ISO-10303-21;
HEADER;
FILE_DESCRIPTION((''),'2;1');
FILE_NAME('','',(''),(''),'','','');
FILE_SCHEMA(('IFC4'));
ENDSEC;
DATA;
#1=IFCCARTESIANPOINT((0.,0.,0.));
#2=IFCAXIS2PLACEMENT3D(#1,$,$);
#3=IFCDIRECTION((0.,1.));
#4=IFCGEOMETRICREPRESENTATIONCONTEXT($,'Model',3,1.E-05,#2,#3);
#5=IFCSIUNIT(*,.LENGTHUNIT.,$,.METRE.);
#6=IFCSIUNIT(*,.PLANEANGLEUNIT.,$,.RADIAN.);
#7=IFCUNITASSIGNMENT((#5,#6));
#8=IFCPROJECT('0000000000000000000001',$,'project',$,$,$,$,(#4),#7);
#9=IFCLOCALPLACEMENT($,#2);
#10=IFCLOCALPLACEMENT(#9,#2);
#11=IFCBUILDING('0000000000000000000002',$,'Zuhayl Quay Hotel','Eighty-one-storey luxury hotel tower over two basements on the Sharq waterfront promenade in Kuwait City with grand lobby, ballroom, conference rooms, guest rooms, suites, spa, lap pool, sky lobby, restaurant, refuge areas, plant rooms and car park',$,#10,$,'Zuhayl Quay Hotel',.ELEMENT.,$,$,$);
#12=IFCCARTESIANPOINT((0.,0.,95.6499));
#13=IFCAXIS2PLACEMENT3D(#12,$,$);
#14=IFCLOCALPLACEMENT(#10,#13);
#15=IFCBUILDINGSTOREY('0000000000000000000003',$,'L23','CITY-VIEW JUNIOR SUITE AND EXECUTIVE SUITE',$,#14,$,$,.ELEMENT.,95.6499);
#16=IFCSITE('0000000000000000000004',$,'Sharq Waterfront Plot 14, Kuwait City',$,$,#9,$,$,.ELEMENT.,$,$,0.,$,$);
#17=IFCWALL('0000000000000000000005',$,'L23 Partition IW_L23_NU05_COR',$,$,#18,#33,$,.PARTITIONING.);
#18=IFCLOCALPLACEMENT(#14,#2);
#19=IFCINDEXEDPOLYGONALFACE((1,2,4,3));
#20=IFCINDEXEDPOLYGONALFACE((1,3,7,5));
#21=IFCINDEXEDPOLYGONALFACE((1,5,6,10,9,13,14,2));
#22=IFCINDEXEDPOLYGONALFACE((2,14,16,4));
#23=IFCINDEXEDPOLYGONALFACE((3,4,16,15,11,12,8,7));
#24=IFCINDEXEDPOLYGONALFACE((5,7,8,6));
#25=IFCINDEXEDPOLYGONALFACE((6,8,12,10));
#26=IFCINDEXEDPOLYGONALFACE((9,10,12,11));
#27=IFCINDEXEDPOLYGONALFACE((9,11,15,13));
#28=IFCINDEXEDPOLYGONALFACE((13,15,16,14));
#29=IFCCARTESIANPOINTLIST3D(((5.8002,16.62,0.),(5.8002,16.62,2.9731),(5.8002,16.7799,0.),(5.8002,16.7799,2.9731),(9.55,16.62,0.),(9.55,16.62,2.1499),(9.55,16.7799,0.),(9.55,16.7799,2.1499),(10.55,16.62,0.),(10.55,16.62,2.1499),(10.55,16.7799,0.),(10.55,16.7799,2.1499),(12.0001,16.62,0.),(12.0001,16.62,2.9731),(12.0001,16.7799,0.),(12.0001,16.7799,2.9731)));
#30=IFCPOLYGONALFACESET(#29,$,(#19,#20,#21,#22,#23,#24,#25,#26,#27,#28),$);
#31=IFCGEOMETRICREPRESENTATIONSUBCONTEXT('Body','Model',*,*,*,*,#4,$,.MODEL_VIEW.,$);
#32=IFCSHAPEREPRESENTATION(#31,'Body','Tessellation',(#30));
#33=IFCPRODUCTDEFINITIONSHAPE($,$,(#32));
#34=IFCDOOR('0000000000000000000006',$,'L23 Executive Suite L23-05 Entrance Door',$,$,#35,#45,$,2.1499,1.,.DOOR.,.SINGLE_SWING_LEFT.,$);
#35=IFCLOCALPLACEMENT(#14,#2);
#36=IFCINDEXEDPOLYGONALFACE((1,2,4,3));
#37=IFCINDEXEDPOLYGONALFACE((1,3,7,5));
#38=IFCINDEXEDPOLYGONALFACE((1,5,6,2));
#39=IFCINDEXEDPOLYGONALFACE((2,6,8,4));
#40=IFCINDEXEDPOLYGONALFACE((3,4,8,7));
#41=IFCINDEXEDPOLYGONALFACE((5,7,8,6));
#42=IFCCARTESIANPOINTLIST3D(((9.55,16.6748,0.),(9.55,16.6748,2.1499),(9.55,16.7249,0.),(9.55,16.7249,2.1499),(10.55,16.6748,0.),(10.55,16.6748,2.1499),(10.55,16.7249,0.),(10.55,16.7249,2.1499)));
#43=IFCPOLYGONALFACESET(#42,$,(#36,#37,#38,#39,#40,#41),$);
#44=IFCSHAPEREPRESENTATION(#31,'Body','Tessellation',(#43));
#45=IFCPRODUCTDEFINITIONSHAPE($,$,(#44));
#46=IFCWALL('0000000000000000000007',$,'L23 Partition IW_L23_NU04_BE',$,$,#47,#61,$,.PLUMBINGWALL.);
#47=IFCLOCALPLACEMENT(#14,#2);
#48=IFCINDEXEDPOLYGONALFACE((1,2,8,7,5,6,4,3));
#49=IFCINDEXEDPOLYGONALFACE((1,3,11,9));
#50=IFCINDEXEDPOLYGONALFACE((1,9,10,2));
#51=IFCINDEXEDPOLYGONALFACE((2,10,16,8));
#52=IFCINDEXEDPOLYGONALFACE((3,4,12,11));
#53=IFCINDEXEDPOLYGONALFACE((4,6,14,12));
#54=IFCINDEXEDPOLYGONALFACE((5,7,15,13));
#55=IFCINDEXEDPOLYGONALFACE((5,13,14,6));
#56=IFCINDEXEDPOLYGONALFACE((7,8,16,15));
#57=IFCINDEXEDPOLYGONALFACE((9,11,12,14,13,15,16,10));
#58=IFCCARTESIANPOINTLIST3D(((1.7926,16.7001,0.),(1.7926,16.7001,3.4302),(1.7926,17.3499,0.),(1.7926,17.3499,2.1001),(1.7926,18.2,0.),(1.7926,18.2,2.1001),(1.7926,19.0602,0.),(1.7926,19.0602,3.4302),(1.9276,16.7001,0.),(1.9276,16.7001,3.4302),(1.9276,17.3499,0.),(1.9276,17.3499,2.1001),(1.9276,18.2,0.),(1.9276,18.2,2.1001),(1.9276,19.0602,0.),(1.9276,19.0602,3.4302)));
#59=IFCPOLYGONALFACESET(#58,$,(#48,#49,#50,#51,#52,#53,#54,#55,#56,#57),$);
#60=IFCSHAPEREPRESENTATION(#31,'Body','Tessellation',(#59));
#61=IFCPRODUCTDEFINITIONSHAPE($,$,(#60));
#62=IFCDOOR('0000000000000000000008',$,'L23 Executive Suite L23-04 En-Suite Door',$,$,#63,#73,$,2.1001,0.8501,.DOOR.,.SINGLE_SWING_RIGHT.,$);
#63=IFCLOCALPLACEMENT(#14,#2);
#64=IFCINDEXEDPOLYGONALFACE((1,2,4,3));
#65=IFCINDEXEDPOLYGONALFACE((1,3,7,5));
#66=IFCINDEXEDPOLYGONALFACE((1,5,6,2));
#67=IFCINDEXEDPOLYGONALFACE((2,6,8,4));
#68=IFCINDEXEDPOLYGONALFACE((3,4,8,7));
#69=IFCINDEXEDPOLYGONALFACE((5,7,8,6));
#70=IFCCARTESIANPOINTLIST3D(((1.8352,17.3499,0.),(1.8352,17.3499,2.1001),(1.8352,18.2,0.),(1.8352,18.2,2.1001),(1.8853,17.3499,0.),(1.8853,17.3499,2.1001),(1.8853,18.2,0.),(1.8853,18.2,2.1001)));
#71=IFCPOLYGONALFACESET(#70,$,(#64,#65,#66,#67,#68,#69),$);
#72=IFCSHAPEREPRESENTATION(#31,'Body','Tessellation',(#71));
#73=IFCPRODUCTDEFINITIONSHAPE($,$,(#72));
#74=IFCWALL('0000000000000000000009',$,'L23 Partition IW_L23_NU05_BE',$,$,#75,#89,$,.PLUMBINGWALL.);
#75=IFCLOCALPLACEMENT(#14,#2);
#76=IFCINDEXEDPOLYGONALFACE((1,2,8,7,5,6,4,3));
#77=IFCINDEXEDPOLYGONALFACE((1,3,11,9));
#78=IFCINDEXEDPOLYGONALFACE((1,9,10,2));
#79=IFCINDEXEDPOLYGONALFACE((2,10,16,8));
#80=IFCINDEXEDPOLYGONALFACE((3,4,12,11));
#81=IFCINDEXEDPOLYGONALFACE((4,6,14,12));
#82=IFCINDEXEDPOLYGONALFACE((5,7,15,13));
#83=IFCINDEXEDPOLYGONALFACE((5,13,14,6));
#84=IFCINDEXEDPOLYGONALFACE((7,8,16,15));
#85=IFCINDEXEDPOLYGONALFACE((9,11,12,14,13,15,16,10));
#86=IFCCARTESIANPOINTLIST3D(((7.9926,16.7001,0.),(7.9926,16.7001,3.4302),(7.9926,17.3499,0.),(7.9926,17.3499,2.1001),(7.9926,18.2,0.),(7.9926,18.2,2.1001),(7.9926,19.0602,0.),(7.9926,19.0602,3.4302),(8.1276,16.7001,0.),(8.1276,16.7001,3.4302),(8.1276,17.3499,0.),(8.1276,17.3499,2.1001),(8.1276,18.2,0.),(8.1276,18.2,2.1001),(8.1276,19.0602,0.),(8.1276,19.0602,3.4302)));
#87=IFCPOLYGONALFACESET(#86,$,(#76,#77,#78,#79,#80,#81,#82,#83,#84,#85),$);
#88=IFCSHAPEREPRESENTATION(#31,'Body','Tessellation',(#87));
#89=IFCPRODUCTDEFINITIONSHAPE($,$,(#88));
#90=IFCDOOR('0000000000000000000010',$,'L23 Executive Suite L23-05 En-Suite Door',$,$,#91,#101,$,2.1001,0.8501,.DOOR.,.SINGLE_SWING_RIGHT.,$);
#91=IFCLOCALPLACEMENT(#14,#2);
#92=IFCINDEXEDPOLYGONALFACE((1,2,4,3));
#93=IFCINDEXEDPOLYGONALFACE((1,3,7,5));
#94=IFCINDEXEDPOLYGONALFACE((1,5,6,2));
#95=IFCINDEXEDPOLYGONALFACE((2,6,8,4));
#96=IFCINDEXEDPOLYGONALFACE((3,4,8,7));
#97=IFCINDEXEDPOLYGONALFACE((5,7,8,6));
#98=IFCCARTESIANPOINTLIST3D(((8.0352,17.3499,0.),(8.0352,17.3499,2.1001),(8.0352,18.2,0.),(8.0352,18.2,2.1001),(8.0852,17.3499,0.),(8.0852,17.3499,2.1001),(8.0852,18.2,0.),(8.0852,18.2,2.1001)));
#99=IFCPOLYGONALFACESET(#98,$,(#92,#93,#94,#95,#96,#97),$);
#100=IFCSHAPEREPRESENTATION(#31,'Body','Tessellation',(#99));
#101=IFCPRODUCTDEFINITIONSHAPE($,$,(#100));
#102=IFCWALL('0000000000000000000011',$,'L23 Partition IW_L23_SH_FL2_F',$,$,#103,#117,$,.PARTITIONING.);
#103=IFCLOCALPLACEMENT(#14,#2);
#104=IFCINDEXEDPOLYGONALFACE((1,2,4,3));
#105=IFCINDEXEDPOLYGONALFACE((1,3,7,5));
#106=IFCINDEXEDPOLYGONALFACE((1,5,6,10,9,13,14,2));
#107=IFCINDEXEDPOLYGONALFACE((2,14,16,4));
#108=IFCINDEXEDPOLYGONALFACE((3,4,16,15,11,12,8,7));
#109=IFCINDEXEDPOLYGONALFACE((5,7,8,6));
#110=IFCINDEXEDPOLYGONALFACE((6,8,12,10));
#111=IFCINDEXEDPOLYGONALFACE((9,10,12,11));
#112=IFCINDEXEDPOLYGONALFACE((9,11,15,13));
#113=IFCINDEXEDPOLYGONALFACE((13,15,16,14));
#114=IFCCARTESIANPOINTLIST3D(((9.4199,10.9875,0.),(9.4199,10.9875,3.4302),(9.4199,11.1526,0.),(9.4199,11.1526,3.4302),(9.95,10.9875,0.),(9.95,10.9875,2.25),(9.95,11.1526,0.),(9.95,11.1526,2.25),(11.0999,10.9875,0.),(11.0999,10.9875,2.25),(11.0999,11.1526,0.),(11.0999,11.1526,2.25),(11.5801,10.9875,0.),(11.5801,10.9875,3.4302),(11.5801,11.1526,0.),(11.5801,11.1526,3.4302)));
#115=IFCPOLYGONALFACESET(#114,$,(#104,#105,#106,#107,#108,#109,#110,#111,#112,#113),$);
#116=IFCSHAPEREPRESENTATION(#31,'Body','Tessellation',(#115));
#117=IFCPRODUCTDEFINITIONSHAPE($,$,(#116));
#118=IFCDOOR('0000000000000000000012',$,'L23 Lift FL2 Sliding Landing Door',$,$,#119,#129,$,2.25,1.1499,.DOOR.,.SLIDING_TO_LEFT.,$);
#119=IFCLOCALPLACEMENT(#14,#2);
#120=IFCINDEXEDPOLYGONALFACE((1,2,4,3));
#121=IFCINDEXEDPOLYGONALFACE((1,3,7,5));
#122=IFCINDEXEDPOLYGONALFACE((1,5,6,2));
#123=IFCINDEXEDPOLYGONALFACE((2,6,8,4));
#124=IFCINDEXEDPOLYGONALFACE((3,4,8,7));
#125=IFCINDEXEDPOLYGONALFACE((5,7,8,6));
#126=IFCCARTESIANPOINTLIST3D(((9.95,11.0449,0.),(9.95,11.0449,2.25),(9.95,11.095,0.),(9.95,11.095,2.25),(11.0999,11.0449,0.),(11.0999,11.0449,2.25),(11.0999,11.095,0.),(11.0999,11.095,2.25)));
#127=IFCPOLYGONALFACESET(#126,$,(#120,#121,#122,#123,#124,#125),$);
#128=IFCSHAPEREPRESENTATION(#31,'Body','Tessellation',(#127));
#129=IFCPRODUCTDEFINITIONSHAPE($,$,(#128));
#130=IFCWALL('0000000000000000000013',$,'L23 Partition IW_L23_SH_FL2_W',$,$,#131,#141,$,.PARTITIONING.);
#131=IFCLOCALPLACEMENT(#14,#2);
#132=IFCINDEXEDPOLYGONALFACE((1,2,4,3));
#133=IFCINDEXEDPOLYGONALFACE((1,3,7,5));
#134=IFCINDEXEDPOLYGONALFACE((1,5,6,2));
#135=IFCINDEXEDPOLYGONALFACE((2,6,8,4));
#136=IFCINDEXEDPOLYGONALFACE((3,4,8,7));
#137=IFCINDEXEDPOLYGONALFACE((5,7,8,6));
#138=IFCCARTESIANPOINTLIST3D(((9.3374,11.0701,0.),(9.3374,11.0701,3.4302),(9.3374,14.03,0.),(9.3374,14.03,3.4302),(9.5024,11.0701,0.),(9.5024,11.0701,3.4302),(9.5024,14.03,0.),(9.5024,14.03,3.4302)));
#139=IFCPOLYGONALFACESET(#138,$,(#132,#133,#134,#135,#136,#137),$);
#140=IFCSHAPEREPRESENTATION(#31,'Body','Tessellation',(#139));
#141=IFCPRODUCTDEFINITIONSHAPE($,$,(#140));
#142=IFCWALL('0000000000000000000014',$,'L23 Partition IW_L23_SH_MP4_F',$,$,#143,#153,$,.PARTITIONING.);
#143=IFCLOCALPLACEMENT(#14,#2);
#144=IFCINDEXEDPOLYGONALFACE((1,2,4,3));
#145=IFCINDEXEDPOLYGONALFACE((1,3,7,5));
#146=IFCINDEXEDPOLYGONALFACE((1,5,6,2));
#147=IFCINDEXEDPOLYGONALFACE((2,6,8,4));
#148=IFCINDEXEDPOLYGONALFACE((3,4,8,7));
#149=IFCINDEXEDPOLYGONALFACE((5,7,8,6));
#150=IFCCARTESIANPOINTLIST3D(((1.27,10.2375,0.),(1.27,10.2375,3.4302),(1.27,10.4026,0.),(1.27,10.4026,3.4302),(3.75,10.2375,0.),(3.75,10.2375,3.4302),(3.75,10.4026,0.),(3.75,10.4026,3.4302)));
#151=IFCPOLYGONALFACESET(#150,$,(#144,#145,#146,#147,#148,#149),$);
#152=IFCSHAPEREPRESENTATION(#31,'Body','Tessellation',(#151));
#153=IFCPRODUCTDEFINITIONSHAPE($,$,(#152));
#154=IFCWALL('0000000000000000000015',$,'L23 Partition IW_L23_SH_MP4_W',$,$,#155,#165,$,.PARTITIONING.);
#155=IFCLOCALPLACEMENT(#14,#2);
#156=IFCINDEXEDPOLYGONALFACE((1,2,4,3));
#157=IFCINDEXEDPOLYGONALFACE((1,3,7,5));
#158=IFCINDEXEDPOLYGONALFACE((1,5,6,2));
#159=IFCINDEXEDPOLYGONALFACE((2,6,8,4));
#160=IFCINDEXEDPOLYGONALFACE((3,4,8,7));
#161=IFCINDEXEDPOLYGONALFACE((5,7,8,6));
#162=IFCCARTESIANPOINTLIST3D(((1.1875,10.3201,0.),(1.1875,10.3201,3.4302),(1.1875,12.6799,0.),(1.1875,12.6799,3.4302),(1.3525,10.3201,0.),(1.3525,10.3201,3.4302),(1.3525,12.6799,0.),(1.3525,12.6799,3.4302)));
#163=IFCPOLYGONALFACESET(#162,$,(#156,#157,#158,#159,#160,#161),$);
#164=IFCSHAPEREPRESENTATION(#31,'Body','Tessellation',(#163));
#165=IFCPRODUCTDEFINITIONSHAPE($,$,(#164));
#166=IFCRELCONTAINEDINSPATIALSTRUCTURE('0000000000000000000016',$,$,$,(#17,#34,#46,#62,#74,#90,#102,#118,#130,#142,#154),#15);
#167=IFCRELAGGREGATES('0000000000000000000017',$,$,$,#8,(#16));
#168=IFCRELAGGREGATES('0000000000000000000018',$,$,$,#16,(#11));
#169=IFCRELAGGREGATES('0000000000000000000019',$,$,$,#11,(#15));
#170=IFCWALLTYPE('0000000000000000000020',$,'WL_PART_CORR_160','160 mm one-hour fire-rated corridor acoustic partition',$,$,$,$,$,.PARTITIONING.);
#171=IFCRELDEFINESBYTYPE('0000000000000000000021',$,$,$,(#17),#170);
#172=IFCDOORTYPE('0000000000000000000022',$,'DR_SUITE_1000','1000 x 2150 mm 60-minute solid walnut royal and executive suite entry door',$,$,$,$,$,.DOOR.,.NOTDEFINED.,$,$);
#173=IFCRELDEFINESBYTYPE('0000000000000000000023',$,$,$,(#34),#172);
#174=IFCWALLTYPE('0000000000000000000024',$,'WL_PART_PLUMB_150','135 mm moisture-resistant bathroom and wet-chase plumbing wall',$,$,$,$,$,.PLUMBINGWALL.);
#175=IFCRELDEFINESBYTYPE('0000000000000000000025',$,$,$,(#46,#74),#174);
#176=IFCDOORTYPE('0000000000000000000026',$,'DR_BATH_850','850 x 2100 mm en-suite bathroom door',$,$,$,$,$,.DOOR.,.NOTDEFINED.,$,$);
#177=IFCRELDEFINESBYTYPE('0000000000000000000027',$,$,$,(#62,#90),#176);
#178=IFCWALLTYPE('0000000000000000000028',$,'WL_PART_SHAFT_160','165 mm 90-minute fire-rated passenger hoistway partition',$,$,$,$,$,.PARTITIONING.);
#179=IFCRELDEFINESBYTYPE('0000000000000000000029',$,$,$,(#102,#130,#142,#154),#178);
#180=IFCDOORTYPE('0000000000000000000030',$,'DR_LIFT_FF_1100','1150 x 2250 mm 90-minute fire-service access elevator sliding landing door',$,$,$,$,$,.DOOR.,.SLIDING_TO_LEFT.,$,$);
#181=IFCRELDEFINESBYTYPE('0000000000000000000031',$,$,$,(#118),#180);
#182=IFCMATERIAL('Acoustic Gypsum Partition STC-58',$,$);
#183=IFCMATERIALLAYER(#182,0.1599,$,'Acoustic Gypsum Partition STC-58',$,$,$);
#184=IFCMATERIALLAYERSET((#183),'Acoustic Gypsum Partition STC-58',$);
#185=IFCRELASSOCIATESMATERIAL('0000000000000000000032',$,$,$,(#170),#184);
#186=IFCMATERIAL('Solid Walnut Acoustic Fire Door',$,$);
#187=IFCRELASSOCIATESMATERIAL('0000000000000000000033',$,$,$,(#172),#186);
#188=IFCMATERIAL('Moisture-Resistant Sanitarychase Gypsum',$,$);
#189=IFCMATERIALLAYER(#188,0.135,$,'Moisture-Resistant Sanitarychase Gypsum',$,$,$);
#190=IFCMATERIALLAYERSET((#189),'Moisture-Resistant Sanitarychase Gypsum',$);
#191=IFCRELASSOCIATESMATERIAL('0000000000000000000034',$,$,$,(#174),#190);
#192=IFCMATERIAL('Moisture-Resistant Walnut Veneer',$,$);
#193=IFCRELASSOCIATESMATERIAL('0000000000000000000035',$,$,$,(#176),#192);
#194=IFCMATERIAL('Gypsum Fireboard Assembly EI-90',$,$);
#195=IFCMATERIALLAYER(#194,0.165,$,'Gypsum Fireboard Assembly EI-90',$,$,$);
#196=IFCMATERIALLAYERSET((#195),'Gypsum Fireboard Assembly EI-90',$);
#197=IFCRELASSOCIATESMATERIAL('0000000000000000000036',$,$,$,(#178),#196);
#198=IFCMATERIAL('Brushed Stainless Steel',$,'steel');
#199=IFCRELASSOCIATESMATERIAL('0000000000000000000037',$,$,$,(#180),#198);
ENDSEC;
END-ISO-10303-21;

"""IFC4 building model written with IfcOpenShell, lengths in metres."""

from ifc_helpers import new_model, si_unit, direction, frame, frame_2d, origin, place, context, subcontext, project, spatial, rectangle, extrude, material, layer, layer_set, type_object, element, fill, save


model = new_model("IFC4")

# Units and contexts
model_context = context("Model", 3, precision=1e-05, world=origin(), true_north=direction((0.0, 1.0)))
body_context = subcontext(model_context, "Body", "Model", "MODEL_VIEW")
ifc_project = project(units=[si_unit("LENGTHUNIT", "METRE"), si_unit("PLANEANGLEUNIT", "RADIAN")], contexts=[model_context])

# Site, building, storey
site_placement = place(None, origin())
site = spatial("IfcSite", under=ifc_project, at=site_placement, Name="Sharq Waterfront Plot 14, Kuwait City", CompositionType="ELEMENT", RefElevation=0.0)
building_placement = place(site_placement, origin())
building = spatial("IfcBuilding", under=site, at=building_placement, Name="Zuhayl Quay Hotel", Description="Eighty-one-storey luxury hotel tower over two basements on the Sharq waterfront promenade in Kuwait City with grand lobby, ballroom, conference rooms, guest rooms, suites, spa, lap pool, sky lobby, restaurant, refuge areas, plant rooms and car park", LongName="Zuhayl Quay Hotel", CompositionType="ELEMENT")
storey_placement = place(building_placement, frame((0.0, 0.0, 95.6499)))
storey = spatial("IfcBuildingStorey", under=building, at=storey_placement, Name="L23", Description="CITY-VIEW JUNIOR SUITE AND EXECUTIVE SUITE", CompositionType="ELEMENT", Elevation=95.6499)

# Shared definitions
ifc_material_1 = material(Name="Acoustic Gypsum Partition STC-58")

# Walls, openings, doors
ifc_layer_1 = layer(ifc_material_1, 0.1599, Name="Acoustic Gypsum Partition STC-58")
ifc_layer_set_1 = layer_set([ifc_layer_1], Name="Acoustic Gypsum Partition STC-58")
wall_type_1 = type_object("IfcWallType", Name="WL_PART_CORR_160", Description="160 mm one-hour fire-rated corridor acoustic partition", PredefinedType="PARTITIONING", material=ifc_layer_set_1)
ifc_material_2 = material(Name="Solid Walnut Acoustic Fire Door")
door_type_1 = type_object("IfcDoorType", Name="DR_SUITE_1000", Description="1000 x 2150 mm 60-minute solid walnut royal and executive suite entry door", OperationType="NOTDEFINED", PredefinedType="DOOR", material=ifc_material_2)
wall_1_placement = place(storey_placement, frame((5.8, 16.7, 0.0), z_axis=(0.0, 0.0, 1.0), x_axis=(1.0, 0.0, 0.0)))
wall_1 = element("IfcWall", 1, at=wall_1_placement, inside=storey, type_object=wall_type_1, Name="L23 Partition IW_L23_NU05_COR", PredefinedType="PARTITIONING", context=body_context, shape_type="SweptSolid", body=[
    extrude(rectangle(XDim=6.2, YDim=0.1599, at=frame_2d((3.1001, 0.0))), origin(), (0.0, 0.0, 1.0), 2.9731),
])
opening_1_placement = place(wall_1_placement, frame((3.75, 0.0, 0.0)))
opening_1 = element("IfcOpeningElement", 2, at=opening_1_placement, cuts=wall_1, PredefinedType="OPENING", context=body_context, shape_type="SweptSolid", body=[
    extrude(rectangle(XDim=1.0, YDim=2.1499, at=frame_2d((0.5, 1.075))), frame((0.0, 0.0898, 0.0), z_axis=(0.0, -1.0, 0.0), x_axis=(1.0, 0.0, 0.0)), (0.0, 0.0, 1.0), 0.1799),
])
door_1_placement = place(opening_1_placement, origin())
door_1 = element("IfcDoor", 3, at=door_1_placement, inside=storey, type_object=door_type_1, Name="L23 Executive Suite L23-05 Entrance Door", OperationType="SINGLE_SWING_LEFT", OverallHeight=2.1499, OverallWidth=1.0, PredefinedType="DOOR", context=body_context, shape_type="SweptSolid", body=[
    extrude(rectangle(XDim=1.0, YDim=2.1499, at=frame_2d((0.5, 1.075))), frame((0.0, 0.0249, 0.0), z_axis=(0.0, -1.0, 0.0), x_axis=(1.0, 0.0, 0.0)), (0.0, 0.0, 1.0), 0.05),
])
fill(opening_1, door_1)
ifc_material_3 = material(Name="Moisture-Resistant Sanitarychase Gypsum")
ifc_layer_2 = layer(ifc_material_3, 0.135, Name="Moisture-Resistant Sanitarychase Gypsum")
ifc_layer_set_2 = layer_set([ifc_layer_2], Name="Moisture-Resistant Sanitarychase Gypsum")
wall_type_2 = type_object("IfcWallType", Name="WL_PART_PLUMB_150", Description="135 mm moisture-resistant bathroom and wet-chase plumbing wall", PredefinedType="PLUMBINGWALL", material=ifc_layer_set_2)
wall_2_placement = place(storey_placement, frame((1.8601, 16.7, 0.0), z_axis=(0.0, 0.0, 1.0), x_axis=(0.0, 1.0, 0.0)))
wall_2 = element("IfcWall", 4, at=wall_2_placement, inside=storey, type_object=wall_type_2, Name="L23 Partition IW_L23_NU04_BE", PredefinedType="PLUMBINGWALL", context=body_context, shape_type="SweptSolid", body=[
    extrude(rectangle(XDim=2.3601, YDim=0.135, at=frame_2d((1.1802, 0.0))), origin(), (0.0, 0.0, 1.0), 3.4302),
])
opening_2_placement = place(wall_2_placement, frame((0.6499, 0.0, 0.0)))
opening_2 = element("IfcOpeningElement", 5, at=opening_2_placement, cuts=wall_2, PredefinedType="OPENING", context=body_context, shape_type="SweptSolid", body=[
    extrude(rectangle(XDim=0.8501, YDim=2.1001, at=frame_2d((0.425, 1.05))), frame((0.0, 0.0774, 0.0), z_axis=(0.0, -1.0, 0.0), x_axis=(1.0, 0.0, 0.0)), (0.0, 0.0, 1.0), 0.155),
])
ifc_material_4 = material(Name="Moisture-Resistant Walnut Veneer")
door_type_2 = type_object("IfcDoorType", Name="DR_BATH_850", Description="850 x 2100 mm en-suite bathroom door", OperationType="NOTDEFINED", PredefinedType="DOOR", material=ifc_material_4)
door_2_placement = place(opening_2_placement, origin())
door_2 = element("IfcDoor", 6, at=door_2_placement, inside=storey, type_object=door_type_2, Name="L23 Executive Suite L23-04 En-Suite Door", OperationType="SINGLE_SWING_RIGHT", OverallHeight=2.1001, OverallWidth=0.8501, PredefinedType="DOOR", context=body_context, shape_type="SweptSolid", body=[
    extrude(rectangle(XDim=0.8501, YDim=2.1001, at=frame_2d((0.425, 1.05))), frame((0.0, 0.0249, 0.0), z_axis=(0.0, -1.0, 0.0), x_axis=(1.0, 0.0, 0.0)), (0.0, 0.0, 1.0), 0.05),
])
fill(opening_2, door_2)
wall_3_placement = place(storey_placement, frame((8.0601, 16.7, 0.0), z_axis=(0.0, 0.0, 1.0), x_axis=(0.0, 1.0, 0.0)))
wall_3 = element("IfcWall", 7, at=wall_3_placement, inside=storey, type_object=wall_type_2, Name="L23 Partition IW_L23_NU05_BE", PredefinedType="PLUMBINGWALL", context=body_context, shape_type="SweptSolid", body=[
    extrude(rectangle(XDim=2.3601, YDim=0.135, at=frame_2d((1.1802, 0.0))), origin(), (0.0, 0.0, 1.0), 3.4302),
])
opening_3_placement = place(wall_3_placement, frame((0.6499, 0.0, 0.0)))
opening_3 = element("IfcOpeningElement", 8, at=opening_3_placement, cuts=wall_3, PredefinedType="OPENING", context=body_context, shape_type="SweptSolid", body=[
    extrude(rectangle(XDim=0.8501, YDim=2.1001, at=frame_2d((0.425, 1.05))), frame((0.0, 0.0774, 0.0), z_axis=(0.0, -1.0, 0.0), x_axis=(1.0, 0.0, 0.0)), (0.0, 0.0, 1.0), 0.155),
])
door_3_placement = place(opening_3_placement, origin())
door_3 = element("IfcDoor", 9, at=door_3_placement, inside=storey, type_object=door_type_2, Name="L23 Executive Suite L23-05 En-Suite Door", OperationType="SINGLE_SWING_RIGHT", OverallHeight=2.1001, OverallWidth=0.8501, PredefinedType="DOOR", context=body_context, shape_type="SweptSolid", body=[
    extrude(rectangle(XDim=0.8501, YDim=2.1001, at=frame_2d((0.425, 1.05))), frame((0.0, 0.0249, 0.0), z_axis=(0.0, -1.0, 0.0), x_axis=(1.0, 0.0, 0.0)), (0.0, 0.0, 1.0), 0.05),
])
fill(opening_3, door_3)
ifc_material_5 = material(Name="Gypsum Fireboard Assembly EI-90")
ifc_layer_3 = layer(ifc_material_5, 0.165, Name="Gypsum Fireboard Assembly EI-90")
ifc_layer_set_3 = layer_set([ifc_layer_3], Name="Gypsum Fireboard Assembly EI-90")
wall_type_3 = type_object("IfcWallType", Name="WL_PART_SHAFT_160", Description="165 mm 90-minute fire-rated passenger hoistway partition", PredefinedType="PARTITIONING", material=ifc_layer_set_3)
wall_4_placement = place(storey_placement, frame((9.4199, 11.0701, 0.0), z_axis=(0.0, 0.0, 1.0), x_axis=(1.0, 0.0, 0.0)))
wall_4 = element("IfcWall", 10, at=wall_4_placement, inside=storey, type_object=wall_type_3, Name="L23 Partition IW_L23_SH_FL2_F", PredefinedType="PARTITIONING", context=body_context, shape_type="SweptSolid", body=[
    extrude(rectangle(XDim=2.1602, YDim=0.165, at=frame_2d((1.0801, 0.0))), origin(), (0.0, 0.0, 1.0), 3.4302),
])
opening_4_placement = place(wall_4_placement, frame((0.53, 0.0, 0.0)))
opening_4 = element("IfcOpeningElement", 11, at=opening_4_placement, cuts=wall_4, PredefinedType="OPENING", context=body_context, shape_type="SweptSolid", body=[
    extrude(rectangle(XDim=1.1499, YDim=2.25, at=frame_2d((0.575, 1.125))), frame((0.0, 0.0925, 0.0), z_axis=(0.0, -1.0, 0.0), x_axis=(1.0, 0.0, 0.0)), (0.0, 0.0, 1.0), 0.1851),
])
ifc_material_6 = material(Name="Brushed Stainless Steel", Category="steel")
door_type_3 = type_object("IfcDoorType", Name="DR_LIFT_FF_1100", Description="1150 x 2250 mm 90-minute fire-service access elevator sliding landing door", OperationType="SLIDING_TO_LEFT", PredefinedType="DOOR", material=ifc_material_6)
door_4_placement = place(opening_4_placement, origin())
door_4 = element("IfcDoor", 12, at=door_4_placement, inside=storey, type_object=door_type_3, Name="L23 Lift FL2 Sliding Landing Door", OperationType="SLIDING_TO_LEFT", OverallHeight=2.25, OverallWidth=1.1499, PredefinedType="DOOR", context=body_context, shape_type="SweptSolid", body=[
    extrude(rectangle(XDim=1.1499, YDim=2.25, at=frame_2d((0.575, 1.125))), frame((0.0, 0.0249, 0.0), z_axis=(0.0, -1.0, 0.0), x_axis=(1.0, 0.0, 0.0)), (0.0, 0.0, 1.0), 0.05),
])
fill(opening_4, door_4)

# Walls
wall_5_placement = place(storey_placement, frame((9.4199, 11.0701, 0.0), z_axis=(0.0, 0.0, 1.0), x_axis=(0.0, 1.0, 0.0)))
element("IfcWall", 13, at=wall_5_placement, inside=storey, type_object=wall_type_3, Name="L23 Partition IW_L23_SH_FL2_W", PredefinedType="PARTITIONING", context=body_context, shape_type="SweptSolid", body=[
    extrude(rectangle(XDim=2.96, YDim=0.165, at=frame_2d((1.48, 0.0))), origin(), (0.0, 0.0, 1.0), 3.4302),
])
wall_6_placement = place(storey_placement, frame((1.27, 10.3201, 0.0), z_axis=(0.0, 0.0, 1.0), x_axis=(1.0, 0.0, 0.0)))
element("IfcWall", 14, at=wall_6_placement, inside=storey, type_object=wall_type_3, Name="L23 Partition IW_L23_SH_MP4_F", PredefinedType="PARTITIONING", context=body_context, shape_type="SweptSolid", body=[
    extrude(rectangle(XDim=2.48, YDim=0.165, at=frame_2d((1.24, 0.0))), origin(), (0.0, 0.0, 1.0), 3.4302),
])
for number, where, z_axis, x_axis, name in (
    (15, (1.27, 10.3201, 0.0), (0.0, 0.0, 1.0), (0.0, 1.0, 0.0), "L23 Partition IW_L23_SH_MP4_W"),
):
    element("IfcWall", number, at=place(storey_placement, frame(where, z_axis=z_axis, x_axis=x_axis)), inside=storey, type_object=wall_type_3, Name=name, PredefinedType="PARTITIONING", context=body_context, shape_type="SweptSolid", body=[
        extrude(rectangle(XDim=2.3599, YDim=0.165, at=frame_2d((1.1799, 0.0))), origin(), (0.0, 0.0, 1.0), 3.4302),
    ])

save(model, "model.ifc")
